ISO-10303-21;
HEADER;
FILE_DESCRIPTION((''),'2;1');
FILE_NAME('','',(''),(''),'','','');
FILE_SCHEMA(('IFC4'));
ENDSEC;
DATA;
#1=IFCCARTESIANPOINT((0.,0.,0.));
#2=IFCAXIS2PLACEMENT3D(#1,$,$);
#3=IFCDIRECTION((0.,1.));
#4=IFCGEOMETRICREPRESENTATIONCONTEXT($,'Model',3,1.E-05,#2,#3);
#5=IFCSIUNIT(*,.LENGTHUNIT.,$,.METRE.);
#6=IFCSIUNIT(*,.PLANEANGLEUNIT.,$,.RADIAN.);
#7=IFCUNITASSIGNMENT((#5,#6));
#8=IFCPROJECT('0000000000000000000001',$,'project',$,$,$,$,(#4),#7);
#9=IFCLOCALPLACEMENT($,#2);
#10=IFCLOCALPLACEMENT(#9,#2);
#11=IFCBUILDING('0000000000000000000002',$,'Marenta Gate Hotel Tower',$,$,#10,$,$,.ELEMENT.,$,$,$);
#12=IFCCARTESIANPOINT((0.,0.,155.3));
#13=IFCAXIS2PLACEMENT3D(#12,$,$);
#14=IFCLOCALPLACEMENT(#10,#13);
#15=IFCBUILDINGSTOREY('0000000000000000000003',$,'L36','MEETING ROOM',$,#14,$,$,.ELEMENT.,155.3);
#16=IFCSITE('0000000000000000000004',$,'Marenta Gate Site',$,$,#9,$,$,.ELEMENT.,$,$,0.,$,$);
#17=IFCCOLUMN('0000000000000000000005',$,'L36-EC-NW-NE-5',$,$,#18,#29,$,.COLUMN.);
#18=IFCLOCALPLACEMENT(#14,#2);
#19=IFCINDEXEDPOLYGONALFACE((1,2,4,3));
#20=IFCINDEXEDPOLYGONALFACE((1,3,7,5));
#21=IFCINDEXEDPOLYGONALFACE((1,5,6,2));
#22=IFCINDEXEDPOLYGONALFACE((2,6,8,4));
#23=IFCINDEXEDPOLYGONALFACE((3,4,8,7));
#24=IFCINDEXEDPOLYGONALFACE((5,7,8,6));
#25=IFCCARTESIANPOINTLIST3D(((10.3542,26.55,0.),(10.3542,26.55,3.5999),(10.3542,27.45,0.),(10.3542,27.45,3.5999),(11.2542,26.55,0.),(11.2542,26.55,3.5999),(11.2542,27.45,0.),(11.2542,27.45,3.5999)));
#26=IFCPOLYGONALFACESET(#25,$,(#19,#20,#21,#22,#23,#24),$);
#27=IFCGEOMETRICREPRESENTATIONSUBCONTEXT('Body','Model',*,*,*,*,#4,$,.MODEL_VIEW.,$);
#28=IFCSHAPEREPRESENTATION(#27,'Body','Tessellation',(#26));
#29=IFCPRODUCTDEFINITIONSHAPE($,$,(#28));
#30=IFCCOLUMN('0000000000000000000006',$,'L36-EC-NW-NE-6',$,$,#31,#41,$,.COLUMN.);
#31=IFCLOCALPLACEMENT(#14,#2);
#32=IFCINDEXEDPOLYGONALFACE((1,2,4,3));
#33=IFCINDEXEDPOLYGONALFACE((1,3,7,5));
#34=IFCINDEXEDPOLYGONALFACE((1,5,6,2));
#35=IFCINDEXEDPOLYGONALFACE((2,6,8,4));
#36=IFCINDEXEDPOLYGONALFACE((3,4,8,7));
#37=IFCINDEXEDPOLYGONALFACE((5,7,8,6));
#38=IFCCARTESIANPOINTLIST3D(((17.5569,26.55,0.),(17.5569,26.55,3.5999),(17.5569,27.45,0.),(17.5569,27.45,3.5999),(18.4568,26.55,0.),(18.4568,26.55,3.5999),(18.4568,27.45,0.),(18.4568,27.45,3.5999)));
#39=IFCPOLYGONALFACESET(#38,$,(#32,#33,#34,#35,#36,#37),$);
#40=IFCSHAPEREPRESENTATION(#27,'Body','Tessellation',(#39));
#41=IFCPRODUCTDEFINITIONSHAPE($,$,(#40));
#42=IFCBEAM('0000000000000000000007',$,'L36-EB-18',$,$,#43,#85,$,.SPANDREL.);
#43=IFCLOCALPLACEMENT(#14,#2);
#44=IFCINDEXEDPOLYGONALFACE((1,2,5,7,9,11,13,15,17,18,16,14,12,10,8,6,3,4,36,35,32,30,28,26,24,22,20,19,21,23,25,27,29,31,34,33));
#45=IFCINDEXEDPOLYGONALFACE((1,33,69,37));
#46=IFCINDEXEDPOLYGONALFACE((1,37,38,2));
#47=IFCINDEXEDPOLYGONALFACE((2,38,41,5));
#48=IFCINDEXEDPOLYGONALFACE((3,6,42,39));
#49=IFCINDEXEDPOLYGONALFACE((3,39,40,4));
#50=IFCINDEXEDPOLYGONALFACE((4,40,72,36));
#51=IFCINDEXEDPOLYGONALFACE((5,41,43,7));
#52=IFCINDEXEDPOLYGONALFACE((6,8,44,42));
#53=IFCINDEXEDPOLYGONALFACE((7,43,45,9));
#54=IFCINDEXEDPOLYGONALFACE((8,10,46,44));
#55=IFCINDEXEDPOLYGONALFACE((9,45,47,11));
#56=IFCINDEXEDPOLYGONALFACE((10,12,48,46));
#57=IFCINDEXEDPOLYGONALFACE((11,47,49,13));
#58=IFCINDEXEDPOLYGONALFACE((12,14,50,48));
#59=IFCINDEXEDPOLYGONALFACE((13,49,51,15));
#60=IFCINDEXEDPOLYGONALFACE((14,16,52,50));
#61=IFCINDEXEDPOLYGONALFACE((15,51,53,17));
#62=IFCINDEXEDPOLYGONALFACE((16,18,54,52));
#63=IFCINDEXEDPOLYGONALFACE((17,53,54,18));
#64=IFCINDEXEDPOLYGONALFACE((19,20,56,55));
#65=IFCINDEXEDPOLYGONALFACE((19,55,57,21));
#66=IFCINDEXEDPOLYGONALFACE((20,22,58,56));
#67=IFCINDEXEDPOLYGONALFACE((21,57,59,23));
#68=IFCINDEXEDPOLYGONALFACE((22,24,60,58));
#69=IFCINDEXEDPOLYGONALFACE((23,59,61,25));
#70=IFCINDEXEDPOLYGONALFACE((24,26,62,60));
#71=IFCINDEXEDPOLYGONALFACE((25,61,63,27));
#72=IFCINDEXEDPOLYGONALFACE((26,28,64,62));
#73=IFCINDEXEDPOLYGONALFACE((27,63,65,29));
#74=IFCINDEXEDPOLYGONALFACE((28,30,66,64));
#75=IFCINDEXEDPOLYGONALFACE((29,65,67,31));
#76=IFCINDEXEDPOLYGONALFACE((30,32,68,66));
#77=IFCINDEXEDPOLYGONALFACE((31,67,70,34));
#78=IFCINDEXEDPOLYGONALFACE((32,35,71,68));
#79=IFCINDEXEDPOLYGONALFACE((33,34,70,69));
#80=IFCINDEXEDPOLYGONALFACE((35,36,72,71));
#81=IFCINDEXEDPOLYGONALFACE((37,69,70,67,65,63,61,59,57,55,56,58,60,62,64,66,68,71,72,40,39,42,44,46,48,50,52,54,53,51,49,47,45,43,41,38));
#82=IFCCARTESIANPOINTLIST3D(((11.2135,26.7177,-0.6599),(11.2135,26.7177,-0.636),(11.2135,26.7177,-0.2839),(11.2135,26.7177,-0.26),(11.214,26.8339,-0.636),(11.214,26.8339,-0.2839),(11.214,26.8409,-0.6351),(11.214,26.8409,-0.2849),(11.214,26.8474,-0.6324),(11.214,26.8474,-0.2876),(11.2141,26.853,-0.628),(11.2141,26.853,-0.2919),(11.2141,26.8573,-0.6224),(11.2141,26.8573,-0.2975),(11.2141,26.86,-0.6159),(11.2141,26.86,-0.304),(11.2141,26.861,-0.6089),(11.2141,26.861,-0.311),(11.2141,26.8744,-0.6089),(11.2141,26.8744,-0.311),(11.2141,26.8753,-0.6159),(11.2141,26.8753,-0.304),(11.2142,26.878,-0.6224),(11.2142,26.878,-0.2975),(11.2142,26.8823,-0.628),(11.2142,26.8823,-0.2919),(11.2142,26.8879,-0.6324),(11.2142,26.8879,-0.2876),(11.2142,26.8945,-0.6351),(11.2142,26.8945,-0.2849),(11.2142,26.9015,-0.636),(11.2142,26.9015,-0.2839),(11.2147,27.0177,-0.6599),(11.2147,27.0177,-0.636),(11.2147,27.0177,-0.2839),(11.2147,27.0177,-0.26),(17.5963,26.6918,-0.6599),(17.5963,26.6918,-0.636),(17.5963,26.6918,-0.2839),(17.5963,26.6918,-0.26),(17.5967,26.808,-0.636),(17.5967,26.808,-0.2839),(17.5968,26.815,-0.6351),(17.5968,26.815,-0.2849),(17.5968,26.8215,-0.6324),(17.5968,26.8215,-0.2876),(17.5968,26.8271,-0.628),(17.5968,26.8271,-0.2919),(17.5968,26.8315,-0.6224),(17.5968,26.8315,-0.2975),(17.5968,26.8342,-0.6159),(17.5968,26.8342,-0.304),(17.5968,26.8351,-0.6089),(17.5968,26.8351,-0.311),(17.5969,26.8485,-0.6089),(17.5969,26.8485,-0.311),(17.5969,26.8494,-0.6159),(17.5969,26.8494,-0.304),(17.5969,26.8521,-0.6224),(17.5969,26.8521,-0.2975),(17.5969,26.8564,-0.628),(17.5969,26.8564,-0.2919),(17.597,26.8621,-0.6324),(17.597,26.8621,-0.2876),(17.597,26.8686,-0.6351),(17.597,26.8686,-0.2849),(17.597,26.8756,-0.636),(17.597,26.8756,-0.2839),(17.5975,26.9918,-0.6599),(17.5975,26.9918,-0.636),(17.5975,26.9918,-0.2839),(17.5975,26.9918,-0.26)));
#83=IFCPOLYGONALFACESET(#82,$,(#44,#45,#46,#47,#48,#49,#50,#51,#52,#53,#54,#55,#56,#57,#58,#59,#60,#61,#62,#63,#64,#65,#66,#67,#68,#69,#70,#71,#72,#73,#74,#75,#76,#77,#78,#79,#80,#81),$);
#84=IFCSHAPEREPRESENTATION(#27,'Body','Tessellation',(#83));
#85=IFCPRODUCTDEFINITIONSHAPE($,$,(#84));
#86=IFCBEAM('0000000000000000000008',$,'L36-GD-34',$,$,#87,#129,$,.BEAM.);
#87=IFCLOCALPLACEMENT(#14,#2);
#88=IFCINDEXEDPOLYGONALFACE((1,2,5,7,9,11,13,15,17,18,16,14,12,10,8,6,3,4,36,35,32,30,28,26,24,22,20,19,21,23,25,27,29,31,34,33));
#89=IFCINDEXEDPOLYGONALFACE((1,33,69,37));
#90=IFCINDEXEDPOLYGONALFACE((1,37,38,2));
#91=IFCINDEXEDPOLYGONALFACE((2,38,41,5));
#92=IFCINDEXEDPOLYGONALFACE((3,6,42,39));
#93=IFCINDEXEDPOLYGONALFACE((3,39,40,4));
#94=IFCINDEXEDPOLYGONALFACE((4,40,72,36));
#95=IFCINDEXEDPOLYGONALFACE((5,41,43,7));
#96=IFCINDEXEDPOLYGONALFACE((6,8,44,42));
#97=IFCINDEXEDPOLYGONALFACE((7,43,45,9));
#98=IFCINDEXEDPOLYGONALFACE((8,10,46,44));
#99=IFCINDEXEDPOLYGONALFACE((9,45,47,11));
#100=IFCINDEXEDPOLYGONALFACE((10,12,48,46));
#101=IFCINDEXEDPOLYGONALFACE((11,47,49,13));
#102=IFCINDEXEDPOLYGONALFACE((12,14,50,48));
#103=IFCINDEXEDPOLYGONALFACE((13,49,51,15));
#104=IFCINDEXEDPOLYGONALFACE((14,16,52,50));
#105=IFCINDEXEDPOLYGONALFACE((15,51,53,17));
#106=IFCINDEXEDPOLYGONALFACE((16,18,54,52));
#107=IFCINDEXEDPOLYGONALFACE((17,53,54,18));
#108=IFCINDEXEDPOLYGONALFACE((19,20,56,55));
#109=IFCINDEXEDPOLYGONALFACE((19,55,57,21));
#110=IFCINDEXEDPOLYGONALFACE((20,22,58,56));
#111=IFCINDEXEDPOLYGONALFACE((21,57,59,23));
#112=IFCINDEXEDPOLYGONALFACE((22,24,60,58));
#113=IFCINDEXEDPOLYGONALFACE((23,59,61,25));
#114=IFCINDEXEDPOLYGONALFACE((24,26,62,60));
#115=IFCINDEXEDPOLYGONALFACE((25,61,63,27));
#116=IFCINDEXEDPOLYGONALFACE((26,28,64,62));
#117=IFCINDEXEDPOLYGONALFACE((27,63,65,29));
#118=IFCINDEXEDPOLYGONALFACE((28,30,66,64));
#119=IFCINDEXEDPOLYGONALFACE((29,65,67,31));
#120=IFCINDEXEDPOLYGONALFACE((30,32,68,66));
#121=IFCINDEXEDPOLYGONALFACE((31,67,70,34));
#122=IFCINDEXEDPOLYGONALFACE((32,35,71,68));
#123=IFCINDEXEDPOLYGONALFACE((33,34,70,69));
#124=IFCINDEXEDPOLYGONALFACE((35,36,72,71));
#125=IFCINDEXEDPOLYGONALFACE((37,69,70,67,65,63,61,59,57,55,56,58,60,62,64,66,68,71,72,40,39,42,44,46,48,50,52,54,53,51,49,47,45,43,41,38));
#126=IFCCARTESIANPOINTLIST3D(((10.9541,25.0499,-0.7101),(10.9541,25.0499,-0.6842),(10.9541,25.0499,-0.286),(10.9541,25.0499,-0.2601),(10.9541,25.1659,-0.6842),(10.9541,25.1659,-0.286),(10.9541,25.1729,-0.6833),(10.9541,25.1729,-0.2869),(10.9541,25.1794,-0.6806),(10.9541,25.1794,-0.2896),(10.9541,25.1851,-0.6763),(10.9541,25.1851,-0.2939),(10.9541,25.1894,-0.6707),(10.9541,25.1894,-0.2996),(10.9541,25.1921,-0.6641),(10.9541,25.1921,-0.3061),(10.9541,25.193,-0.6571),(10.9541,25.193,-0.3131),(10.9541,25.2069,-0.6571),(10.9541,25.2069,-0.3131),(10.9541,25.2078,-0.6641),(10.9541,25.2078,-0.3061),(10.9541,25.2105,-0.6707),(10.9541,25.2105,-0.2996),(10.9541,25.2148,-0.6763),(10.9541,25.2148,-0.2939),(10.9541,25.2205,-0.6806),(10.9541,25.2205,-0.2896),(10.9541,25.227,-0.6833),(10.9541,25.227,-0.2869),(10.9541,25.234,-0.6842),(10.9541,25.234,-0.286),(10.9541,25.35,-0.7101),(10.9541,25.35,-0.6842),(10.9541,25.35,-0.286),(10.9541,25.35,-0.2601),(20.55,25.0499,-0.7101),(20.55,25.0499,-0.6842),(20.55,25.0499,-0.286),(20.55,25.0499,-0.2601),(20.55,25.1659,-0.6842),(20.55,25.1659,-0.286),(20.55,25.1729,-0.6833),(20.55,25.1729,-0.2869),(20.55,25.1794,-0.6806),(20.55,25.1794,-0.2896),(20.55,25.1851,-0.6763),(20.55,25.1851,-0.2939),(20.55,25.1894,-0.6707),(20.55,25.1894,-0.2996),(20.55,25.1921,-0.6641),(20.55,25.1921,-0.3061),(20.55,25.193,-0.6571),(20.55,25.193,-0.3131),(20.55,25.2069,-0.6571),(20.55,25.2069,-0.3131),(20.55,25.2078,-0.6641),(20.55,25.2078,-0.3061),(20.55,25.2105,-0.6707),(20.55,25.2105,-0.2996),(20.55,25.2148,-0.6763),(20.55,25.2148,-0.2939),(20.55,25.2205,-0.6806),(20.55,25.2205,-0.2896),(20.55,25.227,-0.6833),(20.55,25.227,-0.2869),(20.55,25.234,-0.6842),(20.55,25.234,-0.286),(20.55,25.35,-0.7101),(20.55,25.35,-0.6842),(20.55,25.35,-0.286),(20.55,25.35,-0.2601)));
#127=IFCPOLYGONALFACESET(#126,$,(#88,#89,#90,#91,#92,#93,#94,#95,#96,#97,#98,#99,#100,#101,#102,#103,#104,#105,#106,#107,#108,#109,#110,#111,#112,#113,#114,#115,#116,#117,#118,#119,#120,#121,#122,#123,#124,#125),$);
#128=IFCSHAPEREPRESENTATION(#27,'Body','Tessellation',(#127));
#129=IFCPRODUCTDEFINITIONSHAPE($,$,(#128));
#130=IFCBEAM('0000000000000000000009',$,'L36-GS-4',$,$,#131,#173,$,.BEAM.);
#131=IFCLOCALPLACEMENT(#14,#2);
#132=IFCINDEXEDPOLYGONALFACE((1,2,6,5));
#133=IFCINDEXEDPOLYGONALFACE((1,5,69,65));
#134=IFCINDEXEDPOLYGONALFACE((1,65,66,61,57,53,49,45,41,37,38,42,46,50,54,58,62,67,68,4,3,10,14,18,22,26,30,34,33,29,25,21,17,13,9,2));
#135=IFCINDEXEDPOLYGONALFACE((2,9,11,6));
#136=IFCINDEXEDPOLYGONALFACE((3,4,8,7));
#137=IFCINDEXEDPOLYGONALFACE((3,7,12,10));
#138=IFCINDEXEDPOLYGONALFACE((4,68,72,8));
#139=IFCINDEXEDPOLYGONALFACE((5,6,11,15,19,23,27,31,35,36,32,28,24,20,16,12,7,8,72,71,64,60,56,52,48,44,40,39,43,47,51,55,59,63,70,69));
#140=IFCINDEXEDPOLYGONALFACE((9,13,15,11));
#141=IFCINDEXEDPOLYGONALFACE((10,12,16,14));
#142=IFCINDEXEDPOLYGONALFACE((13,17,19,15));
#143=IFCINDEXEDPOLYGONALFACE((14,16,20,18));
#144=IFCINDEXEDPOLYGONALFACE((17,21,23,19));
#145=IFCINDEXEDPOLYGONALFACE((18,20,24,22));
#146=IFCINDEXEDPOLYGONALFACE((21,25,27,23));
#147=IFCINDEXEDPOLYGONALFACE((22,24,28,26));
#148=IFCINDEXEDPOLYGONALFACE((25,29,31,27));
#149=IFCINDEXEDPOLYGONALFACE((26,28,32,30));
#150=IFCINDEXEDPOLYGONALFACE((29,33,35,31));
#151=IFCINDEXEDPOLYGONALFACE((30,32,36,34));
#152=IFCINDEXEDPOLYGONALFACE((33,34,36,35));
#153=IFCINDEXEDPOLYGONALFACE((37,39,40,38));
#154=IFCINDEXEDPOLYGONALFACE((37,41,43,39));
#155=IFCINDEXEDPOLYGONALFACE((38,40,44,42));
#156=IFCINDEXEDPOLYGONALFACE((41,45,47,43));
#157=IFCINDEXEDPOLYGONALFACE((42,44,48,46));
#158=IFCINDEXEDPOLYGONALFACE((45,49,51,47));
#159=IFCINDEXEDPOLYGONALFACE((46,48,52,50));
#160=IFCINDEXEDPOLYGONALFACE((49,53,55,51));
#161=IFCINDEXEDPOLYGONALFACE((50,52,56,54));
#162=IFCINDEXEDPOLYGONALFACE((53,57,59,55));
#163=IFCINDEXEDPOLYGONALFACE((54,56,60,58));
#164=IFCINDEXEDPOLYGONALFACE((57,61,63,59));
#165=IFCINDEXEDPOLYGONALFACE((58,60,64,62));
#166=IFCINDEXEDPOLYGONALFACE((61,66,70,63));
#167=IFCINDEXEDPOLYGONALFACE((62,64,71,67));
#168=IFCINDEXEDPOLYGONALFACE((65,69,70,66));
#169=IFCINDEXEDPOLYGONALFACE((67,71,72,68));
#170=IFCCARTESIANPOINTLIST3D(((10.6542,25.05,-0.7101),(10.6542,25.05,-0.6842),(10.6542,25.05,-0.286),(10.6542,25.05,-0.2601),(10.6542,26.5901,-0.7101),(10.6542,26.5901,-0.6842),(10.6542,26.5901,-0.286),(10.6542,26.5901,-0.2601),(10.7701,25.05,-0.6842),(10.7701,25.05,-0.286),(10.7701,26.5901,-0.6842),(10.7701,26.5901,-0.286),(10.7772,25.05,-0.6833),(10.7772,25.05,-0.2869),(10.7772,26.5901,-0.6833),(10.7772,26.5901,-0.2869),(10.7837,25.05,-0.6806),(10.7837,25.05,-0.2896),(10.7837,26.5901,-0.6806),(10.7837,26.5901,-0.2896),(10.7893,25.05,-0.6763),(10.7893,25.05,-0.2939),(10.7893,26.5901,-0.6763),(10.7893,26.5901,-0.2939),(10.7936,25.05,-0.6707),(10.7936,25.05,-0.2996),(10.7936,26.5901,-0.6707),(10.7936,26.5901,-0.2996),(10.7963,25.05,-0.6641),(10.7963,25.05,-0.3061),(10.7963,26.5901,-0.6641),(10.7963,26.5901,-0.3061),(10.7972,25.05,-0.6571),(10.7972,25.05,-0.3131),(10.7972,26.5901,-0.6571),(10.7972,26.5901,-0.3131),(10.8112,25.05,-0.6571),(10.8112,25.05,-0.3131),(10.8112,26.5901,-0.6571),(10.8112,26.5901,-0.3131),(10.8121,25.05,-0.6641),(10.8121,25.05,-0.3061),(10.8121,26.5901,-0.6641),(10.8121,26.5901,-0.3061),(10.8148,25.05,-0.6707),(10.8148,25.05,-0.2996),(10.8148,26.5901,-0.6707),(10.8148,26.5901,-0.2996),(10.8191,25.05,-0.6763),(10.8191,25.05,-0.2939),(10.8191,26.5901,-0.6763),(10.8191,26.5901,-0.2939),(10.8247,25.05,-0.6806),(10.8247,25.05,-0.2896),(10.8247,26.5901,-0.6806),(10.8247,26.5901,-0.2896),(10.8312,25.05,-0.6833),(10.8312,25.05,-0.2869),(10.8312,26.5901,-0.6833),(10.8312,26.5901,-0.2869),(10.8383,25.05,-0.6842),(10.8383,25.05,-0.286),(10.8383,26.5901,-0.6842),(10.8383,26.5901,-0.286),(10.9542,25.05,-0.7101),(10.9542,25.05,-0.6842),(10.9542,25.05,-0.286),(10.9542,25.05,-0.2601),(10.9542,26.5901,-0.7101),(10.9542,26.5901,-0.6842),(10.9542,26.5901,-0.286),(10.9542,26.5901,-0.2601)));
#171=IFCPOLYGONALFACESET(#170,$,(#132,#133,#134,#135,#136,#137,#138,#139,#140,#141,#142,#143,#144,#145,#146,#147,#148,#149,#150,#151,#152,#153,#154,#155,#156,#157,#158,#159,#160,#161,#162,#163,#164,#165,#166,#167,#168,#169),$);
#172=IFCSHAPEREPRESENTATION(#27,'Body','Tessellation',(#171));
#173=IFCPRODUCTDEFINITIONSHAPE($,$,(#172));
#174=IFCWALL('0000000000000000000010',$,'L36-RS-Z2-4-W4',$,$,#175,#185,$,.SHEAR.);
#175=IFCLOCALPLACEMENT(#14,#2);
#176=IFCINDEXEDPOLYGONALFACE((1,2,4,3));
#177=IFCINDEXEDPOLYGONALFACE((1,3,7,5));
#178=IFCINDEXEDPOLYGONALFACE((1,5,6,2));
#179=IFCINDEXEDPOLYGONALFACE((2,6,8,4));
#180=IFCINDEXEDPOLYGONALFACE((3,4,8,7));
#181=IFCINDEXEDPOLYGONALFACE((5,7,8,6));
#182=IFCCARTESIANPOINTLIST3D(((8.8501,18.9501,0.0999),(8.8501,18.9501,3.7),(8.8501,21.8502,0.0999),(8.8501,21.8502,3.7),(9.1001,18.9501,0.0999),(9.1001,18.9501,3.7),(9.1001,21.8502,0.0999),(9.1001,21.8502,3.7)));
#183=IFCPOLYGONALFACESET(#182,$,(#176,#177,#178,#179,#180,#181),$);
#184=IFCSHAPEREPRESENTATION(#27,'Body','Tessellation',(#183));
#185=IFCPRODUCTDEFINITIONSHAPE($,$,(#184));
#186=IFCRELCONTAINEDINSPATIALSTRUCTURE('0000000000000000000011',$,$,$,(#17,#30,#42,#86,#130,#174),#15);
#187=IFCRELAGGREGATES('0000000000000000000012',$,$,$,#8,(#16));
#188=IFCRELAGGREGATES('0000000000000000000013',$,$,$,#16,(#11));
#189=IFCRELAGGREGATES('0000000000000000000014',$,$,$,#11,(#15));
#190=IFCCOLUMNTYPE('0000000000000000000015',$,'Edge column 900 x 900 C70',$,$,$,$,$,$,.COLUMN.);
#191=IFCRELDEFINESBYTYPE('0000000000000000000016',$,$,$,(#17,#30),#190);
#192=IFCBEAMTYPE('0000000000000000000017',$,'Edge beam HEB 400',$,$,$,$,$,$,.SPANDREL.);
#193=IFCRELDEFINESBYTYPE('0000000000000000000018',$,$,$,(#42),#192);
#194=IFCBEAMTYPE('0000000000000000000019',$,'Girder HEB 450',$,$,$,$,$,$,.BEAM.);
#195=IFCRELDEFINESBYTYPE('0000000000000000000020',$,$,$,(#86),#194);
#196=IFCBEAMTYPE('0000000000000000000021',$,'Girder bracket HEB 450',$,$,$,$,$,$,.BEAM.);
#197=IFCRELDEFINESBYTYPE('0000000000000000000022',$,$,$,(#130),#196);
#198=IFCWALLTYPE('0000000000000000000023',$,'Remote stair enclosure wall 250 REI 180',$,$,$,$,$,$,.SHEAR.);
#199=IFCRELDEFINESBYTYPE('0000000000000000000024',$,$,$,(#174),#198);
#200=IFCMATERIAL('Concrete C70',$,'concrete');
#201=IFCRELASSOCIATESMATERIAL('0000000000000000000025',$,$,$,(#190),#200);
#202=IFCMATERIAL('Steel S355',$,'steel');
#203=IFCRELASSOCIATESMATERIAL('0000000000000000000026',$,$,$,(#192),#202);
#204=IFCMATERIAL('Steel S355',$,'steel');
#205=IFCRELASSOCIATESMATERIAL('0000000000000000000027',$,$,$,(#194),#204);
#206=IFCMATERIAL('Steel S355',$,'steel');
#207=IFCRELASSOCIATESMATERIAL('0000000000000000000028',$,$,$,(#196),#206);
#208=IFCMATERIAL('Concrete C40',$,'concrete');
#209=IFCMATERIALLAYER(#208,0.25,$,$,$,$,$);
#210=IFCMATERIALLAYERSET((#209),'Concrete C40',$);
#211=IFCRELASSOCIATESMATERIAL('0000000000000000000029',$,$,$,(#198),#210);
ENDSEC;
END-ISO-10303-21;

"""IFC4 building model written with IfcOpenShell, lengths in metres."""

from ifc_helpers import new_model, si_unit, direction, frame, frame_2d, origin, origin_2d, place, context, subcontext, project, spatial, rectangle, i_section, extrude, material, layer, layer_set, material_profile, profile_set, type_object, element, save


model = new_model("IFC4")

# Units and contexts
model_context = context("Model", 3, precision=1e-05, world=origin(), true_north=direction((0.0, 1.0)))
body_context = subcontext(model_context, "Body", "Model", "MODEL_VIEW")
ifc_project = project(units=[si_unit("LENGTHUNIT", "METRE"), si_unit("PLANEANGLEUNIT", "RADIAN")], contexts=[model_context])

# Site, building, storey
site_placement = place(None, origin())
site = spatial("IfcSite", under=ifc_project, at=site_placement, Name="Marenta Gate Site", CompositionType="ELEMENT", RefElevation=0.0)
building_placement = place(site_placement, origin())
building = spatial("IfcBuilding", under=site, at=building_placement, Name="Marenta Gate Hotel Tower", CompositionType="ELEMENT")
storey_placement = place(building_placement, frame((0.0, 0.0, 155.3)))
storey = spatial("IfcBuildingStorey", under=building, at=storey_placement, Name="L36", Description="MEETING ROOM", CompositionType="ELEMENT", Elevation=155.3)

# Columns
ifc_material_1 = material(Name="Concrete C70", Category="concrete")
ifc_material_profile_1 = material_profile(ifc_material_1, rectangle(XDim=0.8999, YDim=0.8999, at=origin_2d()), Name="900 x 900")
ifc_profile_set_1 = profile_set([ifc_material_profile_1], Name="Concrete C70")
column_type = type_object("IfcColumnType", Name="Edge column 900 x 900 C70", PredefinedType="COLUMN", material=ifc_profile_set_1)
for number, where, z_axis, x_axis, name in (
    (1, (10.8042, 27.0, 0.0), (0.0, 0.0, 1.0), (1.0, 0.0, 0.0), "L36-EC-NW-NE-5"),
    (2, (18.0068, 27.0, 0.0), (0.0, 0.0, 1.0), (1.0, 0.0, 0.0), "L36-EC-NW-NE-6"),
):
    element("IfcColumn", number, at=place(storey_placement, frame(where, z_axis=z_axis, x_axis=x_axis)), inside=storey, type_object=column_type, Name=name, PredefinedType="COLUMN", context=body_context, shape_type="SweptSolid", body=[
        extrude(rectangle(XDim=0.8999, YDim=0.8999, at=origin_2d()), origin(), (0.0, 0.0, 1.0), 3.5999),
    ])

# Beams
ifc_material_2 = material(Name="Steel S355", Category="steel")
ifc_material_profile_2 = material_profile(ifc_material_2, i_section(OverallWidth=0.3, OverallDepth=0.3999, WebThickness=0.0134, FlangeThickness=0.0239, FilletRadius=0.0271, at=origin_2d()), Name="HEB 400")
ifc_profile_set_2 = profile_set([ifc_material_profile_2], Name="Steel S355")
beam_type_1 = type_object("IfcBeamType", Name="Edge beam HEB 400", PredefinedType="SPANDREL", material=ifc_profile_set_2)
beam_1_placement = place(storey_placement, frame((11.2141, 26.8677, -0.46), z_axis=(0.999992, -0.004054, 0.0), x_axis=(0.004054, 0.999992, 0.0)))
element("IfcBeam", 3, at=beam_1_placement, inside=storey, type_object=beam_type_1, Name="L36-EB-18", PredefinedType="SPANDREL", context=body_context, shape_type="SweptSolid", body=[
    extrude(i_section(OverallWidth=0.3, OverallDepth=0.3999, WebThickness=0.0134, FlangeThickness=0.0239, FilletRadius=0.0271, at=origin_2d()), origin(), (0.0, 0.0, 1.0), 6.3828),
])
ifc_material_3 = material(Name="Steel S355", Category="steel")
ifc_material_profile_3 = material_profile(ifc_material_3, i_section(OverallWidth=0.3, OverallDepth=0.45, WebThickness=0.0139, FlangeThickness=0.0259, FilletRadius=0.0271, at=origin_2d()), Name="HEB 450")
ifc_profile_set_3 = profile_set([ifc_material_profile_3], Name="Steel S355")
beam_type_2 = type_object("IfcBeamType", Name="Girder HEB 450", PredefinedType="BEAM", material=ifc_profile_set_3)
beam_2_placement = place(storey_placement, frame((10.9541, 25.2, -0.4851), z_axis=(1.0, 0.0, 0.0), x_axis=(0.0, 1.0, 0.0)))
element("IfcBeam", 4, at=beam_2_placement, inside=storey, type_object=beam_type_2, Name="L36-GD-34", PredefinedType="BEAM", context=body_context, shape_type="SweptSolid", body=[
    extrude(i_section(OverallWidth=0.3, OverallDepth=0.45, WebThickness=0.0139, FlangeThickness=0.0259, FilletRadius=0.0271, at=origin_2d()), origin(), (0.0, 0.0, 1.0), 9.5959),
])
ifc_material_4 = material(Name="Steel S355", Category="steel")
ifc_material_profile_4 = material_profile(ifc_material_4, i_section(OverallWidth=0.3, OverallDepth=0.45, WebThickness=0.0139, FlangeThickness=0.0259, FilletRadius=0.0271, at=origin_2d()), Name="HEB 450")
ifc_profile_set_4 = profile_set([ifc_material_profile_4], Name="Steel S355")
beam_type_3 = type_object("IfcBeamType", Name="Girder bracket HEB 450", PredefinedType="BEAM", material=ifc_profile_set_4)
beam_3_placement = place(storey_placement, frame((10.8042, 25.05, -0.4851), z_axis=(0.0, 1.0, 0.0), x_axis=(-1.0, 0.0, 0.0)))
element("IfcBeam", 5, at=beam_3_placement, inside=storey, type_object=beam_type_3, Name="L36-GS-4", PredefinedType="BEAM", context=body_context, shape_type="SweptSolid", body=[
    extrude(i_section(OverallWidth=0.3, OverallDepth=0.45, WebThickness=0.0139, FlangeThickness=0.0259, FilletRadius=0.0271, at=origin_2d()), origin(), (0.0, 0.0, 1.0), 1.54),
])

# Wall
ifc_material_5 = material(Name="Concrete C40", Category="concrete")
ifc_layer_1 = layer(ifc_material_5, 0.25)
ifc_layer_set_1 = layer_set([ifc_layer_1], Name="Concrete C40")
wall_type_1 = type_object("IfcWallType", Name="Remote stair enclosure wall 250 REI 180", PredefinedType="SHEAR", material=ifc_layer_set_1)
wall_1_placement = place(storey_placement, frame((8.9751, 18.95, 0.0999), z_axis=(0.0, 0.0, 1.0), x_axis=(0.0, 1.0, 0.0)))
element("IfcWall", 6, at=wall_1_placement, inside=storey, type_object=wall_type_1, Name="L36-RS-Z2-4-W4", PredefinedType="SHEAR", context=body_context, shape_type="SweptSolid", body=[
    extrude(rectangle(XDim=2.9001, YDim=0.25, at=frame_2d((1.4502, 0.0))), origin(), (0.0, 0.0, 1.0), 3.6001),
])

save(model, "model.ifc")
